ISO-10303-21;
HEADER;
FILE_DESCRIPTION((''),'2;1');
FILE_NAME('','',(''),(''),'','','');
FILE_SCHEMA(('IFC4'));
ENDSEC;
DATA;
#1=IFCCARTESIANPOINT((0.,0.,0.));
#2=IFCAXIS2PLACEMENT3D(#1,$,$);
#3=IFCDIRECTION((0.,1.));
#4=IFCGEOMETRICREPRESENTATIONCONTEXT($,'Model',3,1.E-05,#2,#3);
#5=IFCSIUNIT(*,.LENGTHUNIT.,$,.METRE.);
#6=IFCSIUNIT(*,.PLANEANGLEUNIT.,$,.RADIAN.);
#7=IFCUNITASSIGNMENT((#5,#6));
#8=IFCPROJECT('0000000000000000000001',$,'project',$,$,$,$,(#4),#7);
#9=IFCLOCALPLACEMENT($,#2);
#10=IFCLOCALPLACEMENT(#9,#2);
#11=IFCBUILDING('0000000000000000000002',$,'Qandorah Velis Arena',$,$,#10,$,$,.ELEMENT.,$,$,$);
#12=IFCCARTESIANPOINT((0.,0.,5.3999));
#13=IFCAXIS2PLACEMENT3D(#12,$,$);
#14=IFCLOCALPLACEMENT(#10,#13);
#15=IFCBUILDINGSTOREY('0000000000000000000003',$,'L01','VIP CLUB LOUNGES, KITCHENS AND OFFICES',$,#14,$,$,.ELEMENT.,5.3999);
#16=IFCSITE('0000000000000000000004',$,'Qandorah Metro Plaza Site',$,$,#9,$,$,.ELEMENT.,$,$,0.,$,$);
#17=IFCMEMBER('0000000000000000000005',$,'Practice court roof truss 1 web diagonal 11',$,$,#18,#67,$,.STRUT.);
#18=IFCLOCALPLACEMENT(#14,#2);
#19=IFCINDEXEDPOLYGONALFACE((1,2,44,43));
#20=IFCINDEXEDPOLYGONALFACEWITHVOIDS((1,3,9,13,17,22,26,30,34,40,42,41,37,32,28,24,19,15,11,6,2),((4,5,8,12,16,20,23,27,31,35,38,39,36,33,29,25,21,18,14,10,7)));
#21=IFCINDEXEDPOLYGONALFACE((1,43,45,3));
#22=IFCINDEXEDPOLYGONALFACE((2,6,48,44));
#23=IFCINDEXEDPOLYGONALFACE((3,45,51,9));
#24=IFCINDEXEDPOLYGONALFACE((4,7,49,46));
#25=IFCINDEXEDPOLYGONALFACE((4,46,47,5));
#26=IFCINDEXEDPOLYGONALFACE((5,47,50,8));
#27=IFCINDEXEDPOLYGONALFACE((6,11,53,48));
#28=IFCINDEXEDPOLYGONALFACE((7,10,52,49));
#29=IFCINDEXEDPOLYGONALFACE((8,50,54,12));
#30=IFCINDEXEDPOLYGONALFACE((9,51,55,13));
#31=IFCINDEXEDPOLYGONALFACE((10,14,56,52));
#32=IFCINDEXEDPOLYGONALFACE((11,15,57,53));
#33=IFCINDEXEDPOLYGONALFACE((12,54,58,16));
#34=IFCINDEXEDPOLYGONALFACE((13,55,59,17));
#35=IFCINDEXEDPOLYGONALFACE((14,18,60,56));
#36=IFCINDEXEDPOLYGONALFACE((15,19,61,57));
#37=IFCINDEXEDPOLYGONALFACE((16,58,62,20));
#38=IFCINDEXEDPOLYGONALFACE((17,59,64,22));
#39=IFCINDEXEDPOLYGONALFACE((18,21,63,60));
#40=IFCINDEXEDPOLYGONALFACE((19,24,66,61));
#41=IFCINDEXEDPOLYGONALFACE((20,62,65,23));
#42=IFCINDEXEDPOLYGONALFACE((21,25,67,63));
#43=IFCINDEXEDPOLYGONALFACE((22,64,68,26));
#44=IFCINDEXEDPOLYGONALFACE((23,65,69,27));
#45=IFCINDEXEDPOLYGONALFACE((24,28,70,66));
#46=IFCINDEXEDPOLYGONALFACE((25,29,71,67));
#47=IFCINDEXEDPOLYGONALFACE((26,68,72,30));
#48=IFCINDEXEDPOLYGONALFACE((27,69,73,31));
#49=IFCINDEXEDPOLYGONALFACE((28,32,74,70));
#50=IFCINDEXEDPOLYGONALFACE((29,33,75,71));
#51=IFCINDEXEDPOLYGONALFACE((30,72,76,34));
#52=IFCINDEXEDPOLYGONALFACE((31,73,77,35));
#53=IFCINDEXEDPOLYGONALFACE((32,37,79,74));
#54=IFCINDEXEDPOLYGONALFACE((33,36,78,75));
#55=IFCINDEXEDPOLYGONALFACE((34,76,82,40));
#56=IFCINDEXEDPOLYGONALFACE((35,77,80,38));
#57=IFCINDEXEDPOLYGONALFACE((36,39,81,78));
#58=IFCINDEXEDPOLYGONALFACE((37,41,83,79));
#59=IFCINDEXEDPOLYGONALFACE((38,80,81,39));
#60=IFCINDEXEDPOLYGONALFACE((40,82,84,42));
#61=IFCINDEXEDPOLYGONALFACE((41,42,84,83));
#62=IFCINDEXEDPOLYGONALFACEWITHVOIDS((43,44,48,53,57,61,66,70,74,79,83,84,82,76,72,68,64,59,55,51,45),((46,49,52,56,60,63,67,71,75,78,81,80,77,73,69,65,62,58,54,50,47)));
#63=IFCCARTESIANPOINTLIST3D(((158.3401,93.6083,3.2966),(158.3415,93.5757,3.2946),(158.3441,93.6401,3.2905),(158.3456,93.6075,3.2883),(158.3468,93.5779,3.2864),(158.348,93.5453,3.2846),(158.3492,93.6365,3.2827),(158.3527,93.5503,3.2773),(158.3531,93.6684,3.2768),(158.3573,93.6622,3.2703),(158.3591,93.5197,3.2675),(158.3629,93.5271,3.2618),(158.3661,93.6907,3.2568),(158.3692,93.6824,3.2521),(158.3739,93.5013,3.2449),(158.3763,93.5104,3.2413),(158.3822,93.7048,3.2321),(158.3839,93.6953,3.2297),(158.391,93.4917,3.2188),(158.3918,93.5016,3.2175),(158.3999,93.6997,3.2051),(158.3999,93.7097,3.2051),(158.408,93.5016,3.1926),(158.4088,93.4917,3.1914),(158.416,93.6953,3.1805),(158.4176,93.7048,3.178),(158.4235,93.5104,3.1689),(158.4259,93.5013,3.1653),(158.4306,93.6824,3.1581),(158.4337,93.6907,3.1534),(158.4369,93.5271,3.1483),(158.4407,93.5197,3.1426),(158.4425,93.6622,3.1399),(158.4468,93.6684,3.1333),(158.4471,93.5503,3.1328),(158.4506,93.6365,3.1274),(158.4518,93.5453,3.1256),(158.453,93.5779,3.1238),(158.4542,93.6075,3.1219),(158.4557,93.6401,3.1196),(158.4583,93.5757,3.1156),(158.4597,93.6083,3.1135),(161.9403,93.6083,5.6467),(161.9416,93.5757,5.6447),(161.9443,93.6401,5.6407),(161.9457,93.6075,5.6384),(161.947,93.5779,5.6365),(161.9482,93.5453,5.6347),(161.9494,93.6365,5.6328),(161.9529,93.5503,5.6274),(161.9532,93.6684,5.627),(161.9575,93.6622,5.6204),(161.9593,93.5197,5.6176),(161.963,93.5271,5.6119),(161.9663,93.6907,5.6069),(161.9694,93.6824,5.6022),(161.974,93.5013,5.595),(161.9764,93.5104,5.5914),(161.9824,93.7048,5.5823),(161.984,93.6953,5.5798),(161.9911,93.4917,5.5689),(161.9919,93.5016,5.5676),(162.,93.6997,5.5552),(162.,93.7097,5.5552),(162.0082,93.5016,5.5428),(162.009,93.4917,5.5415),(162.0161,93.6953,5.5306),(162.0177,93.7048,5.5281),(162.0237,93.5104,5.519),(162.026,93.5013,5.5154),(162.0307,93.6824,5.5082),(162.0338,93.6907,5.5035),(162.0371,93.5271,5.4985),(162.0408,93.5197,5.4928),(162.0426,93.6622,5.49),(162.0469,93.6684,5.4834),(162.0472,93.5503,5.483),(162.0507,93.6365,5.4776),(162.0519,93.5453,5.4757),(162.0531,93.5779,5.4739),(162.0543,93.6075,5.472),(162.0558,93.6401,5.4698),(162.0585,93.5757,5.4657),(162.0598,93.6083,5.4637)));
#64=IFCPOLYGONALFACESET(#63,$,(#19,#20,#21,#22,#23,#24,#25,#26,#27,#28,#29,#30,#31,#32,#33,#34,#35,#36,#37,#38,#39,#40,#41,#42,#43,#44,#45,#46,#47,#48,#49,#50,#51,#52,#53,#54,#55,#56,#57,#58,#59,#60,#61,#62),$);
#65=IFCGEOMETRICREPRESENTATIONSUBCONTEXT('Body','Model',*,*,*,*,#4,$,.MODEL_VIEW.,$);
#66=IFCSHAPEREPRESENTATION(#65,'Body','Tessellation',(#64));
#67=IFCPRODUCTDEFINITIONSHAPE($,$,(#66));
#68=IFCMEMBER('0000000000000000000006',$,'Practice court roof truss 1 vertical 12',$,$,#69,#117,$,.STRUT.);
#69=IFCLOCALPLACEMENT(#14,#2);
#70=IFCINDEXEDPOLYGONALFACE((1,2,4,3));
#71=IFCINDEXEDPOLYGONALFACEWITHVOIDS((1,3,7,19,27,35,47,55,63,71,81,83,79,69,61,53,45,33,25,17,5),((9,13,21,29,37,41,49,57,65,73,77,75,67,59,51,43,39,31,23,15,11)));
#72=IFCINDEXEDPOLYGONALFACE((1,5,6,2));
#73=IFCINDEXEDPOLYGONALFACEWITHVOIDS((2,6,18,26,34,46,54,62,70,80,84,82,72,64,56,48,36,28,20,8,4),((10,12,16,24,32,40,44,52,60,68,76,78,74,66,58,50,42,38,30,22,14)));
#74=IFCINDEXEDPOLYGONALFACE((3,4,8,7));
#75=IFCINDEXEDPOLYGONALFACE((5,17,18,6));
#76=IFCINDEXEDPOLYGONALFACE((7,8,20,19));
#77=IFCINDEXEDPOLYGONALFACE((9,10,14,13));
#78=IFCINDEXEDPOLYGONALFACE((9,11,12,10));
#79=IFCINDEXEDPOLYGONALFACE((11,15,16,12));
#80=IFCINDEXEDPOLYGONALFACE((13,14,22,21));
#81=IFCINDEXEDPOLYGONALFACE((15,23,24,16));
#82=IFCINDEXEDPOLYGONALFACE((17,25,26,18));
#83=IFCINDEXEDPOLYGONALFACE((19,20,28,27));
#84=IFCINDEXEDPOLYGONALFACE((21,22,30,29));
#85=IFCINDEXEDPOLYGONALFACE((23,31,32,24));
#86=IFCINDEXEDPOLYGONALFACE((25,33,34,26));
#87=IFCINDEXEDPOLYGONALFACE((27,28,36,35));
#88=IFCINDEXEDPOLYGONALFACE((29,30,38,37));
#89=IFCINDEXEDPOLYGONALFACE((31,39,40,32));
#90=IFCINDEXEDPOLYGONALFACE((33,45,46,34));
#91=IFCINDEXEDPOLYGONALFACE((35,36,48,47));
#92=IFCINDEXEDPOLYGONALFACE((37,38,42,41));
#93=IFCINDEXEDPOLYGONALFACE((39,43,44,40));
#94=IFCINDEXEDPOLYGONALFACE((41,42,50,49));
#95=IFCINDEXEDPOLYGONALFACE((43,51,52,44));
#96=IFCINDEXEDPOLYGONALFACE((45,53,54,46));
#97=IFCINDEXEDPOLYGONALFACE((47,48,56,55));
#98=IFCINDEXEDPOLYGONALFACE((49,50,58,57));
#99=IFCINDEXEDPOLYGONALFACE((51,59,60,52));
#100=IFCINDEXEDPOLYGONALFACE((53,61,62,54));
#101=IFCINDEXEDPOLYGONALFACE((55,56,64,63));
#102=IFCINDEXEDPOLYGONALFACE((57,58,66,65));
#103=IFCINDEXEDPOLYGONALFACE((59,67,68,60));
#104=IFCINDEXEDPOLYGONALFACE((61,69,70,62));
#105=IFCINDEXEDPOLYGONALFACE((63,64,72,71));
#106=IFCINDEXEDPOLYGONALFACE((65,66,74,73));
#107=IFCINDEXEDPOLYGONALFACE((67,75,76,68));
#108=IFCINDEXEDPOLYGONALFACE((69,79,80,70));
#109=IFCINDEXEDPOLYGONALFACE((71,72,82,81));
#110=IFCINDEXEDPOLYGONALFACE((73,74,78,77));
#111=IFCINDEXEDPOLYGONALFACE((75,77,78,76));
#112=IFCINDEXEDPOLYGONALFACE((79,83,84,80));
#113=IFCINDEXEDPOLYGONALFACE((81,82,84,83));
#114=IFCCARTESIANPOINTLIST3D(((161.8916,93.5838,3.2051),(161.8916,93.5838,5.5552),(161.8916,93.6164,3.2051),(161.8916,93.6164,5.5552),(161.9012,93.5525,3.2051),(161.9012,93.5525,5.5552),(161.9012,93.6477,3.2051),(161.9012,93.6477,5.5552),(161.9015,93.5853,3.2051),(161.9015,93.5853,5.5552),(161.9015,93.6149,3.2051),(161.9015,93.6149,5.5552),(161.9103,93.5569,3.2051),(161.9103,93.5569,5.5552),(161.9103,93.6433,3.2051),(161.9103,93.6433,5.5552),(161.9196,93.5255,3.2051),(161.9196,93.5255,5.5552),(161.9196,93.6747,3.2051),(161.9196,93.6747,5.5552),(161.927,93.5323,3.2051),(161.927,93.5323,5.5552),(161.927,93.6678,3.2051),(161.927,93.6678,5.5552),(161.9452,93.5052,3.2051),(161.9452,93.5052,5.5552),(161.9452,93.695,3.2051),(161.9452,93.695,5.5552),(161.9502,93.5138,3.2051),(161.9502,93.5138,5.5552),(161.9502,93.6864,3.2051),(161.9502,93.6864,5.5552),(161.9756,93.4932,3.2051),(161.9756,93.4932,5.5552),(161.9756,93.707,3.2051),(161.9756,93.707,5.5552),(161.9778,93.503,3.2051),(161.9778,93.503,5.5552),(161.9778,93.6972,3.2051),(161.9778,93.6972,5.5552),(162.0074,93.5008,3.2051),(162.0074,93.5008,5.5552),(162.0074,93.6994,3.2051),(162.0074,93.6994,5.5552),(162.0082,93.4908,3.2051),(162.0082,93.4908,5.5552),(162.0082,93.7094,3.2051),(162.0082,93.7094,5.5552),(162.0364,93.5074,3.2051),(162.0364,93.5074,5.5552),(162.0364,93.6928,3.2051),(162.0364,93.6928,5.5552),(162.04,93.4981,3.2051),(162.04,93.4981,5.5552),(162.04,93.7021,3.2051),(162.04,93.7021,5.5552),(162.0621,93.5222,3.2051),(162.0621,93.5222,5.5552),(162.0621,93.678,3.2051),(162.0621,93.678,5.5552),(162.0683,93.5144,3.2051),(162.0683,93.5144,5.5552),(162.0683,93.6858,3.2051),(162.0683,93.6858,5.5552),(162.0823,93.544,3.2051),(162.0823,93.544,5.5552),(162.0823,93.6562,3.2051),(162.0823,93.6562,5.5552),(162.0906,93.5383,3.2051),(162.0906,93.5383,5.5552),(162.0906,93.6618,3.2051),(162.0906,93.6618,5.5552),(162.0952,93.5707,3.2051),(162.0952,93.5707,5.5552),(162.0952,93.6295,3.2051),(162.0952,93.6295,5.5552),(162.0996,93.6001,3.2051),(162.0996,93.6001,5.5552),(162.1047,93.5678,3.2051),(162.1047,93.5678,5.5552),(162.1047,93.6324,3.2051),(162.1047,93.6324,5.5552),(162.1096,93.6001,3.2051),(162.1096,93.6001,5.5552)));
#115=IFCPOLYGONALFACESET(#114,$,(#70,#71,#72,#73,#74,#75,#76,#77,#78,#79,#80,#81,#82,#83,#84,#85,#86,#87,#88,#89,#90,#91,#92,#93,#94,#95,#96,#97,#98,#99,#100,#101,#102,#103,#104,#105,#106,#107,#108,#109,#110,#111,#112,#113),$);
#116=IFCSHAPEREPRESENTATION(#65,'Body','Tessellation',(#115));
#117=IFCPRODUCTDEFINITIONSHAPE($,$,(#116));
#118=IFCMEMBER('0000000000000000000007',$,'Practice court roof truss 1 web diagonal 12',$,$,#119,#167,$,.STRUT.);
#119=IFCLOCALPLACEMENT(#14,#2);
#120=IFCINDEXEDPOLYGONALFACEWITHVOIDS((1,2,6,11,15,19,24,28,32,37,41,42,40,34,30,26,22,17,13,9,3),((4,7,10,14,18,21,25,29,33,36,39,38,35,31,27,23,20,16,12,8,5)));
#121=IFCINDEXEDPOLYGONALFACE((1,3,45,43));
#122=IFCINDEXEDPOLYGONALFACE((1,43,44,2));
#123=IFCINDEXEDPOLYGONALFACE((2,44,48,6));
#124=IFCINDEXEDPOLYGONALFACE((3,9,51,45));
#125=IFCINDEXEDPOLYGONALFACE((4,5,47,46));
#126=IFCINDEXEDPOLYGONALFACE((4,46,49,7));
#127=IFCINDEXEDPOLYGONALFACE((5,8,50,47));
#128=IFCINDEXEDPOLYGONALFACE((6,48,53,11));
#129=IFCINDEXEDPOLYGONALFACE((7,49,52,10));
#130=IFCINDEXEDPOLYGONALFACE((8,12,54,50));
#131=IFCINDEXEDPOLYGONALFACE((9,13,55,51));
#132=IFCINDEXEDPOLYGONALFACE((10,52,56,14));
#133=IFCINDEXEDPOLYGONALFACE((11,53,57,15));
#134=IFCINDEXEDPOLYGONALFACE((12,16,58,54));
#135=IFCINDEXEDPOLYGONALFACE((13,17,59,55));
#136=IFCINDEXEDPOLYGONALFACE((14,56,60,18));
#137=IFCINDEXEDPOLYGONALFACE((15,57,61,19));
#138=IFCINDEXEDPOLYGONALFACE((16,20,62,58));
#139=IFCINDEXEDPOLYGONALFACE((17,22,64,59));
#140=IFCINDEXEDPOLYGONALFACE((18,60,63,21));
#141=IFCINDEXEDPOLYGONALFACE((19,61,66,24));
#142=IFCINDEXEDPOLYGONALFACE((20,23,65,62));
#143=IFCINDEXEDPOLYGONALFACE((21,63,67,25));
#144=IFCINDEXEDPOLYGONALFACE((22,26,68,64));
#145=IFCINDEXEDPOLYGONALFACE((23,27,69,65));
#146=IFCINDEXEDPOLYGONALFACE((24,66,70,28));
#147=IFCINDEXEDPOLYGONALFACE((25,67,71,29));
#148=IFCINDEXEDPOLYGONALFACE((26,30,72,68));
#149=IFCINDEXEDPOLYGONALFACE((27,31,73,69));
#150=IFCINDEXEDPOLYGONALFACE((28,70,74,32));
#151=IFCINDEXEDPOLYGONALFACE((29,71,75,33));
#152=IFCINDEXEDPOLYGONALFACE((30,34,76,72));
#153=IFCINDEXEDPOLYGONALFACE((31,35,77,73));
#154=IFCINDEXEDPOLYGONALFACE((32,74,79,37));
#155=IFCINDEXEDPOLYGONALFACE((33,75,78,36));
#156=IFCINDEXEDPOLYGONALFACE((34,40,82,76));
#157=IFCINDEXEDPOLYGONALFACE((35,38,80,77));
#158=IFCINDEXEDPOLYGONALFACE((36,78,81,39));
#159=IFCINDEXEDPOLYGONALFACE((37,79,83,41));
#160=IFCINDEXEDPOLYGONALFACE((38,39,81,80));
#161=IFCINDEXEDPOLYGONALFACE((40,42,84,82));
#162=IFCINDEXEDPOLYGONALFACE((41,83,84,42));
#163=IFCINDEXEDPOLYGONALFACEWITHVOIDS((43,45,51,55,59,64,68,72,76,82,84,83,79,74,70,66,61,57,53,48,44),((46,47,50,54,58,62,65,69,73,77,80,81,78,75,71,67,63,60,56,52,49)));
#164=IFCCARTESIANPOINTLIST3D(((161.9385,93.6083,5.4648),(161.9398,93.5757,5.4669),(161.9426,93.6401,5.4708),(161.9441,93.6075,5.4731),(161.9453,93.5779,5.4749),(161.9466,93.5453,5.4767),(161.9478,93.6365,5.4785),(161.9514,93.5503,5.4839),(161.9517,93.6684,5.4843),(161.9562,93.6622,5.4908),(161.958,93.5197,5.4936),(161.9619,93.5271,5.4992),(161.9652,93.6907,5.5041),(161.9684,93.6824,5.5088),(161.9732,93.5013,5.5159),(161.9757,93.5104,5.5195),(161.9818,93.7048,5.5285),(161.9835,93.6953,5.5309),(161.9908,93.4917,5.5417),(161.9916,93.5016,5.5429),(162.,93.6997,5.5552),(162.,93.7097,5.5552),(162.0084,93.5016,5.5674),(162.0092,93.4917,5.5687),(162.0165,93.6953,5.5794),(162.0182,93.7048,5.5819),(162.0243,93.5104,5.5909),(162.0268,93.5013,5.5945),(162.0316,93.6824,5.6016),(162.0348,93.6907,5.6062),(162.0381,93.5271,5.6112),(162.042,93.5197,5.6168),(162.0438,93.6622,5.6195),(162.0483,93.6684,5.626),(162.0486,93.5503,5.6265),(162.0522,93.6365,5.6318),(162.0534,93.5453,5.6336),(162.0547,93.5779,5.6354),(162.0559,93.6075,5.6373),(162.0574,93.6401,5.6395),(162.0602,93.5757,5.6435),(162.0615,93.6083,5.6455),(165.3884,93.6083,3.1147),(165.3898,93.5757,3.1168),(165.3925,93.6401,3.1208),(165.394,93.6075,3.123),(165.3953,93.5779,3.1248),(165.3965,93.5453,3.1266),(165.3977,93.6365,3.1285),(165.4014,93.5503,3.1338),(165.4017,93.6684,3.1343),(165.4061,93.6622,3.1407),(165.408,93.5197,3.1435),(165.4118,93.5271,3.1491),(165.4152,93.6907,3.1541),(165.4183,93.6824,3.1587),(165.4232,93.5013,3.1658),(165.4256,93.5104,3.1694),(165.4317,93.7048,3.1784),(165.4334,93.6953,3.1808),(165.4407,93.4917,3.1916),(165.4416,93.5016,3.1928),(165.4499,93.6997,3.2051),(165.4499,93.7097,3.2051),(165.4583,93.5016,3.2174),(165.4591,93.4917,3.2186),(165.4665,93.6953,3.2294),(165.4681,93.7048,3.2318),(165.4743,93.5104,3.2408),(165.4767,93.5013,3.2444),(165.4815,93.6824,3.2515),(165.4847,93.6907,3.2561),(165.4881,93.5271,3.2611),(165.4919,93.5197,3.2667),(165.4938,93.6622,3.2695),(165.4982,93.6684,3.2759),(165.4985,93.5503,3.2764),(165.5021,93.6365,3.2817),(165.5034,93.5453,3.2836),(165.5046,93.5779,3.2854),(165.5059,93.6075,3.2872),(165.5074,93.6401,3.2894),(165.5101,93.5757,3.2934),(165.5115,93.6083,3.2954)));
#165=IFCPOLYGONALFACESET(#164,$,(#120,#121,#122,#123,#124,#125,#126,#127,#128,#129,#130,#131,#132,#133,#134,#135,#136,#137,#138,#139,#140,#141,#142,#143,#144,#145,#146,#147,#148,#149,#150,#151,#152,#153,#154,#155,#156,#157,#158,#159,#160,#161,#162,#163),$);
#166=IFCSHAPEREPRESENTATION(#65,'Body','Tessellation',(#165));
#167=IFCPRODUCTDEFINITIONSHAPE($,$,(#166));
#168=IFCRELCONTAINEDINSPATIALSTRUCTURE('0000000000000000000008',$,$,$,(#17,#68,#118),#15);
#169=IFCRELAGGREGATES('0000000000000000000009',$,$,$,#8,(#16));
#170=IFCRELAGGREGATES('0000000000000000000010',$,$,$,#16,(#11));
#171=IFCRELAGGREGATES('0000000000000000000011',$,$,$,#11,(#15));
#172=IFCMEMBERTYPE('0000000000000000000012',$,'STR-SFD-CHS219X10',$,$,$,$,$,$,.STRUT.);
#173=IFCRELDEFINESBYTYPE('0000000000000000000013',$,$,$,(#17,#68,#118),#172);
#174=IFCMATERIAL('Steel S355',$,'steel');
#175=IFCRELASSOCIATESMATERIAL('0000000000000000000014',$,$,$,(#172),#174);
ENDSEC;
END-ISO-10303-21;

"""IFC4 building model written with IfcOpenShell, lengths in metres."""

from ifc_helpers import new_model, si_unit, direction, frame, origin, origin_2d, place, context, subcontext, project, spatial, hollow_circle, extrude, material, material_profile, profile_set, type_object, element, save


model = new_model("IFC4")

# Units and contexts
model_context = context("Model", 3, precision=1e-05, world=origin(), true_north=direction((0.0, 1.0)))
body_context = subcontext(model_context, "Body", "Model", "MODEL_VIEW")
ifc_project = project(units=[si_unit("LENGTHUNIT", "METRE"), si_unit("PLANEANGLEUNIT", "RADIAN")], contexts=[model_context])

# Site, building, storey
site_placement = place(None, origin())
site = spatial("IfcSite", under=ifc_project, at=site_placement, Name="Qandorah Metro Plaza Site", CompositionType="ELEMENT", RefElevation=0.0)
building_placement = place(site_placement, origin())
building = spatial("IfcBuilding", under=site, at=building_placement, Name="Qandorah Velis Arena", CompositionType="ELEMENT")
storey_placement = place(building_placement, frame((0.0, 0.0, 5.3999)))
storey = spatial("IfcBuildingStorey", under=building, at=storey_placement, Name="L01", Description="VIP CLUB LOUNGES, KITCHENS AND OFFICES", CompositionType="ELEMENT", Elevation=5.3999)

# Shared definitions
ifc_material_1 = material(Name="Steel S355", Category="steel")

# Members
ifc_material_profile_1 = material_profile(ifc_material_1, hollow_circle(Radius=0.1096, WallThickness=0.01, at=origin_2d()), Name="CHS 219.1x10")
ifc_profile_set_1 = profile_set([ifc_material_profile_1], Name="Steel S355")
member_type = type_object("IfcMemberType", Name="STR-SFD-CHS219X10", PredefinedType="STRUT", material=ifc_profile_set_1)
member_1_placement = place(storey_placement, frame((158.3999, 93.6001, 3.2051), z_axis=(0.837376, 0.0, 0.546628), x_axis=(0.0, 1.0, 0.0)))
element("IfcMember", 1, at=member_1_placement, inside=storey, type_object=member_type, Name="Practice court roof truss 1 web diagonal 11", PredefinedType="STRUT", context=body_context, shape_type="SweptSolid", body=[
    extrude(hollow_circle(Radius=0.1096, WallThickness=0.01, at=origin_2d()), origin(), (0.0, 0.0, 1.0), 4.2993),
])
member_2_placement = place(storey_placement, frame((162.0, 93.6001, 3.2051), z_axis=(0.0, 0.0, 1.0), x_axis=(1.0, 0.0, 0.0)))
element("IfcMember", 2, at=member_2_placement, inside=storey, type_object=member_type, Name="Practice court roof truss 1 vertical 12", PredefinedType="STRUT", context=body_context, shape_type="SweptSolid", body=[
    extrude(hollow_circle(Radius=0.1096, WallThickness=0.01, at=origin_2d()), origin(), (0.0, 0.0, 1.0), 2.3501),
])
member_3_placement = place(storey_placement, frame((162.0, 93.6001, 5.5552), z_axis=(0.826466, 0.0, -0.562987), x_axis=(0.0, 1.0, 0.0)))
element("IfcMember", 3, at=member_3_placement, inside=storey, type_object=member_type, Name="Practice court roof truss 1 web diagonal 12", PredefinedType="STRUT", context=body_context, shape_type="SweptSolid", body=[
    extrude(hollow_circle(Radius=0.1096, WallThickness=0.01, at=origin_2d()), origin(), (0.0, 0.0, 1.0), 4.1743),
])

save(model, "model.ifc")
